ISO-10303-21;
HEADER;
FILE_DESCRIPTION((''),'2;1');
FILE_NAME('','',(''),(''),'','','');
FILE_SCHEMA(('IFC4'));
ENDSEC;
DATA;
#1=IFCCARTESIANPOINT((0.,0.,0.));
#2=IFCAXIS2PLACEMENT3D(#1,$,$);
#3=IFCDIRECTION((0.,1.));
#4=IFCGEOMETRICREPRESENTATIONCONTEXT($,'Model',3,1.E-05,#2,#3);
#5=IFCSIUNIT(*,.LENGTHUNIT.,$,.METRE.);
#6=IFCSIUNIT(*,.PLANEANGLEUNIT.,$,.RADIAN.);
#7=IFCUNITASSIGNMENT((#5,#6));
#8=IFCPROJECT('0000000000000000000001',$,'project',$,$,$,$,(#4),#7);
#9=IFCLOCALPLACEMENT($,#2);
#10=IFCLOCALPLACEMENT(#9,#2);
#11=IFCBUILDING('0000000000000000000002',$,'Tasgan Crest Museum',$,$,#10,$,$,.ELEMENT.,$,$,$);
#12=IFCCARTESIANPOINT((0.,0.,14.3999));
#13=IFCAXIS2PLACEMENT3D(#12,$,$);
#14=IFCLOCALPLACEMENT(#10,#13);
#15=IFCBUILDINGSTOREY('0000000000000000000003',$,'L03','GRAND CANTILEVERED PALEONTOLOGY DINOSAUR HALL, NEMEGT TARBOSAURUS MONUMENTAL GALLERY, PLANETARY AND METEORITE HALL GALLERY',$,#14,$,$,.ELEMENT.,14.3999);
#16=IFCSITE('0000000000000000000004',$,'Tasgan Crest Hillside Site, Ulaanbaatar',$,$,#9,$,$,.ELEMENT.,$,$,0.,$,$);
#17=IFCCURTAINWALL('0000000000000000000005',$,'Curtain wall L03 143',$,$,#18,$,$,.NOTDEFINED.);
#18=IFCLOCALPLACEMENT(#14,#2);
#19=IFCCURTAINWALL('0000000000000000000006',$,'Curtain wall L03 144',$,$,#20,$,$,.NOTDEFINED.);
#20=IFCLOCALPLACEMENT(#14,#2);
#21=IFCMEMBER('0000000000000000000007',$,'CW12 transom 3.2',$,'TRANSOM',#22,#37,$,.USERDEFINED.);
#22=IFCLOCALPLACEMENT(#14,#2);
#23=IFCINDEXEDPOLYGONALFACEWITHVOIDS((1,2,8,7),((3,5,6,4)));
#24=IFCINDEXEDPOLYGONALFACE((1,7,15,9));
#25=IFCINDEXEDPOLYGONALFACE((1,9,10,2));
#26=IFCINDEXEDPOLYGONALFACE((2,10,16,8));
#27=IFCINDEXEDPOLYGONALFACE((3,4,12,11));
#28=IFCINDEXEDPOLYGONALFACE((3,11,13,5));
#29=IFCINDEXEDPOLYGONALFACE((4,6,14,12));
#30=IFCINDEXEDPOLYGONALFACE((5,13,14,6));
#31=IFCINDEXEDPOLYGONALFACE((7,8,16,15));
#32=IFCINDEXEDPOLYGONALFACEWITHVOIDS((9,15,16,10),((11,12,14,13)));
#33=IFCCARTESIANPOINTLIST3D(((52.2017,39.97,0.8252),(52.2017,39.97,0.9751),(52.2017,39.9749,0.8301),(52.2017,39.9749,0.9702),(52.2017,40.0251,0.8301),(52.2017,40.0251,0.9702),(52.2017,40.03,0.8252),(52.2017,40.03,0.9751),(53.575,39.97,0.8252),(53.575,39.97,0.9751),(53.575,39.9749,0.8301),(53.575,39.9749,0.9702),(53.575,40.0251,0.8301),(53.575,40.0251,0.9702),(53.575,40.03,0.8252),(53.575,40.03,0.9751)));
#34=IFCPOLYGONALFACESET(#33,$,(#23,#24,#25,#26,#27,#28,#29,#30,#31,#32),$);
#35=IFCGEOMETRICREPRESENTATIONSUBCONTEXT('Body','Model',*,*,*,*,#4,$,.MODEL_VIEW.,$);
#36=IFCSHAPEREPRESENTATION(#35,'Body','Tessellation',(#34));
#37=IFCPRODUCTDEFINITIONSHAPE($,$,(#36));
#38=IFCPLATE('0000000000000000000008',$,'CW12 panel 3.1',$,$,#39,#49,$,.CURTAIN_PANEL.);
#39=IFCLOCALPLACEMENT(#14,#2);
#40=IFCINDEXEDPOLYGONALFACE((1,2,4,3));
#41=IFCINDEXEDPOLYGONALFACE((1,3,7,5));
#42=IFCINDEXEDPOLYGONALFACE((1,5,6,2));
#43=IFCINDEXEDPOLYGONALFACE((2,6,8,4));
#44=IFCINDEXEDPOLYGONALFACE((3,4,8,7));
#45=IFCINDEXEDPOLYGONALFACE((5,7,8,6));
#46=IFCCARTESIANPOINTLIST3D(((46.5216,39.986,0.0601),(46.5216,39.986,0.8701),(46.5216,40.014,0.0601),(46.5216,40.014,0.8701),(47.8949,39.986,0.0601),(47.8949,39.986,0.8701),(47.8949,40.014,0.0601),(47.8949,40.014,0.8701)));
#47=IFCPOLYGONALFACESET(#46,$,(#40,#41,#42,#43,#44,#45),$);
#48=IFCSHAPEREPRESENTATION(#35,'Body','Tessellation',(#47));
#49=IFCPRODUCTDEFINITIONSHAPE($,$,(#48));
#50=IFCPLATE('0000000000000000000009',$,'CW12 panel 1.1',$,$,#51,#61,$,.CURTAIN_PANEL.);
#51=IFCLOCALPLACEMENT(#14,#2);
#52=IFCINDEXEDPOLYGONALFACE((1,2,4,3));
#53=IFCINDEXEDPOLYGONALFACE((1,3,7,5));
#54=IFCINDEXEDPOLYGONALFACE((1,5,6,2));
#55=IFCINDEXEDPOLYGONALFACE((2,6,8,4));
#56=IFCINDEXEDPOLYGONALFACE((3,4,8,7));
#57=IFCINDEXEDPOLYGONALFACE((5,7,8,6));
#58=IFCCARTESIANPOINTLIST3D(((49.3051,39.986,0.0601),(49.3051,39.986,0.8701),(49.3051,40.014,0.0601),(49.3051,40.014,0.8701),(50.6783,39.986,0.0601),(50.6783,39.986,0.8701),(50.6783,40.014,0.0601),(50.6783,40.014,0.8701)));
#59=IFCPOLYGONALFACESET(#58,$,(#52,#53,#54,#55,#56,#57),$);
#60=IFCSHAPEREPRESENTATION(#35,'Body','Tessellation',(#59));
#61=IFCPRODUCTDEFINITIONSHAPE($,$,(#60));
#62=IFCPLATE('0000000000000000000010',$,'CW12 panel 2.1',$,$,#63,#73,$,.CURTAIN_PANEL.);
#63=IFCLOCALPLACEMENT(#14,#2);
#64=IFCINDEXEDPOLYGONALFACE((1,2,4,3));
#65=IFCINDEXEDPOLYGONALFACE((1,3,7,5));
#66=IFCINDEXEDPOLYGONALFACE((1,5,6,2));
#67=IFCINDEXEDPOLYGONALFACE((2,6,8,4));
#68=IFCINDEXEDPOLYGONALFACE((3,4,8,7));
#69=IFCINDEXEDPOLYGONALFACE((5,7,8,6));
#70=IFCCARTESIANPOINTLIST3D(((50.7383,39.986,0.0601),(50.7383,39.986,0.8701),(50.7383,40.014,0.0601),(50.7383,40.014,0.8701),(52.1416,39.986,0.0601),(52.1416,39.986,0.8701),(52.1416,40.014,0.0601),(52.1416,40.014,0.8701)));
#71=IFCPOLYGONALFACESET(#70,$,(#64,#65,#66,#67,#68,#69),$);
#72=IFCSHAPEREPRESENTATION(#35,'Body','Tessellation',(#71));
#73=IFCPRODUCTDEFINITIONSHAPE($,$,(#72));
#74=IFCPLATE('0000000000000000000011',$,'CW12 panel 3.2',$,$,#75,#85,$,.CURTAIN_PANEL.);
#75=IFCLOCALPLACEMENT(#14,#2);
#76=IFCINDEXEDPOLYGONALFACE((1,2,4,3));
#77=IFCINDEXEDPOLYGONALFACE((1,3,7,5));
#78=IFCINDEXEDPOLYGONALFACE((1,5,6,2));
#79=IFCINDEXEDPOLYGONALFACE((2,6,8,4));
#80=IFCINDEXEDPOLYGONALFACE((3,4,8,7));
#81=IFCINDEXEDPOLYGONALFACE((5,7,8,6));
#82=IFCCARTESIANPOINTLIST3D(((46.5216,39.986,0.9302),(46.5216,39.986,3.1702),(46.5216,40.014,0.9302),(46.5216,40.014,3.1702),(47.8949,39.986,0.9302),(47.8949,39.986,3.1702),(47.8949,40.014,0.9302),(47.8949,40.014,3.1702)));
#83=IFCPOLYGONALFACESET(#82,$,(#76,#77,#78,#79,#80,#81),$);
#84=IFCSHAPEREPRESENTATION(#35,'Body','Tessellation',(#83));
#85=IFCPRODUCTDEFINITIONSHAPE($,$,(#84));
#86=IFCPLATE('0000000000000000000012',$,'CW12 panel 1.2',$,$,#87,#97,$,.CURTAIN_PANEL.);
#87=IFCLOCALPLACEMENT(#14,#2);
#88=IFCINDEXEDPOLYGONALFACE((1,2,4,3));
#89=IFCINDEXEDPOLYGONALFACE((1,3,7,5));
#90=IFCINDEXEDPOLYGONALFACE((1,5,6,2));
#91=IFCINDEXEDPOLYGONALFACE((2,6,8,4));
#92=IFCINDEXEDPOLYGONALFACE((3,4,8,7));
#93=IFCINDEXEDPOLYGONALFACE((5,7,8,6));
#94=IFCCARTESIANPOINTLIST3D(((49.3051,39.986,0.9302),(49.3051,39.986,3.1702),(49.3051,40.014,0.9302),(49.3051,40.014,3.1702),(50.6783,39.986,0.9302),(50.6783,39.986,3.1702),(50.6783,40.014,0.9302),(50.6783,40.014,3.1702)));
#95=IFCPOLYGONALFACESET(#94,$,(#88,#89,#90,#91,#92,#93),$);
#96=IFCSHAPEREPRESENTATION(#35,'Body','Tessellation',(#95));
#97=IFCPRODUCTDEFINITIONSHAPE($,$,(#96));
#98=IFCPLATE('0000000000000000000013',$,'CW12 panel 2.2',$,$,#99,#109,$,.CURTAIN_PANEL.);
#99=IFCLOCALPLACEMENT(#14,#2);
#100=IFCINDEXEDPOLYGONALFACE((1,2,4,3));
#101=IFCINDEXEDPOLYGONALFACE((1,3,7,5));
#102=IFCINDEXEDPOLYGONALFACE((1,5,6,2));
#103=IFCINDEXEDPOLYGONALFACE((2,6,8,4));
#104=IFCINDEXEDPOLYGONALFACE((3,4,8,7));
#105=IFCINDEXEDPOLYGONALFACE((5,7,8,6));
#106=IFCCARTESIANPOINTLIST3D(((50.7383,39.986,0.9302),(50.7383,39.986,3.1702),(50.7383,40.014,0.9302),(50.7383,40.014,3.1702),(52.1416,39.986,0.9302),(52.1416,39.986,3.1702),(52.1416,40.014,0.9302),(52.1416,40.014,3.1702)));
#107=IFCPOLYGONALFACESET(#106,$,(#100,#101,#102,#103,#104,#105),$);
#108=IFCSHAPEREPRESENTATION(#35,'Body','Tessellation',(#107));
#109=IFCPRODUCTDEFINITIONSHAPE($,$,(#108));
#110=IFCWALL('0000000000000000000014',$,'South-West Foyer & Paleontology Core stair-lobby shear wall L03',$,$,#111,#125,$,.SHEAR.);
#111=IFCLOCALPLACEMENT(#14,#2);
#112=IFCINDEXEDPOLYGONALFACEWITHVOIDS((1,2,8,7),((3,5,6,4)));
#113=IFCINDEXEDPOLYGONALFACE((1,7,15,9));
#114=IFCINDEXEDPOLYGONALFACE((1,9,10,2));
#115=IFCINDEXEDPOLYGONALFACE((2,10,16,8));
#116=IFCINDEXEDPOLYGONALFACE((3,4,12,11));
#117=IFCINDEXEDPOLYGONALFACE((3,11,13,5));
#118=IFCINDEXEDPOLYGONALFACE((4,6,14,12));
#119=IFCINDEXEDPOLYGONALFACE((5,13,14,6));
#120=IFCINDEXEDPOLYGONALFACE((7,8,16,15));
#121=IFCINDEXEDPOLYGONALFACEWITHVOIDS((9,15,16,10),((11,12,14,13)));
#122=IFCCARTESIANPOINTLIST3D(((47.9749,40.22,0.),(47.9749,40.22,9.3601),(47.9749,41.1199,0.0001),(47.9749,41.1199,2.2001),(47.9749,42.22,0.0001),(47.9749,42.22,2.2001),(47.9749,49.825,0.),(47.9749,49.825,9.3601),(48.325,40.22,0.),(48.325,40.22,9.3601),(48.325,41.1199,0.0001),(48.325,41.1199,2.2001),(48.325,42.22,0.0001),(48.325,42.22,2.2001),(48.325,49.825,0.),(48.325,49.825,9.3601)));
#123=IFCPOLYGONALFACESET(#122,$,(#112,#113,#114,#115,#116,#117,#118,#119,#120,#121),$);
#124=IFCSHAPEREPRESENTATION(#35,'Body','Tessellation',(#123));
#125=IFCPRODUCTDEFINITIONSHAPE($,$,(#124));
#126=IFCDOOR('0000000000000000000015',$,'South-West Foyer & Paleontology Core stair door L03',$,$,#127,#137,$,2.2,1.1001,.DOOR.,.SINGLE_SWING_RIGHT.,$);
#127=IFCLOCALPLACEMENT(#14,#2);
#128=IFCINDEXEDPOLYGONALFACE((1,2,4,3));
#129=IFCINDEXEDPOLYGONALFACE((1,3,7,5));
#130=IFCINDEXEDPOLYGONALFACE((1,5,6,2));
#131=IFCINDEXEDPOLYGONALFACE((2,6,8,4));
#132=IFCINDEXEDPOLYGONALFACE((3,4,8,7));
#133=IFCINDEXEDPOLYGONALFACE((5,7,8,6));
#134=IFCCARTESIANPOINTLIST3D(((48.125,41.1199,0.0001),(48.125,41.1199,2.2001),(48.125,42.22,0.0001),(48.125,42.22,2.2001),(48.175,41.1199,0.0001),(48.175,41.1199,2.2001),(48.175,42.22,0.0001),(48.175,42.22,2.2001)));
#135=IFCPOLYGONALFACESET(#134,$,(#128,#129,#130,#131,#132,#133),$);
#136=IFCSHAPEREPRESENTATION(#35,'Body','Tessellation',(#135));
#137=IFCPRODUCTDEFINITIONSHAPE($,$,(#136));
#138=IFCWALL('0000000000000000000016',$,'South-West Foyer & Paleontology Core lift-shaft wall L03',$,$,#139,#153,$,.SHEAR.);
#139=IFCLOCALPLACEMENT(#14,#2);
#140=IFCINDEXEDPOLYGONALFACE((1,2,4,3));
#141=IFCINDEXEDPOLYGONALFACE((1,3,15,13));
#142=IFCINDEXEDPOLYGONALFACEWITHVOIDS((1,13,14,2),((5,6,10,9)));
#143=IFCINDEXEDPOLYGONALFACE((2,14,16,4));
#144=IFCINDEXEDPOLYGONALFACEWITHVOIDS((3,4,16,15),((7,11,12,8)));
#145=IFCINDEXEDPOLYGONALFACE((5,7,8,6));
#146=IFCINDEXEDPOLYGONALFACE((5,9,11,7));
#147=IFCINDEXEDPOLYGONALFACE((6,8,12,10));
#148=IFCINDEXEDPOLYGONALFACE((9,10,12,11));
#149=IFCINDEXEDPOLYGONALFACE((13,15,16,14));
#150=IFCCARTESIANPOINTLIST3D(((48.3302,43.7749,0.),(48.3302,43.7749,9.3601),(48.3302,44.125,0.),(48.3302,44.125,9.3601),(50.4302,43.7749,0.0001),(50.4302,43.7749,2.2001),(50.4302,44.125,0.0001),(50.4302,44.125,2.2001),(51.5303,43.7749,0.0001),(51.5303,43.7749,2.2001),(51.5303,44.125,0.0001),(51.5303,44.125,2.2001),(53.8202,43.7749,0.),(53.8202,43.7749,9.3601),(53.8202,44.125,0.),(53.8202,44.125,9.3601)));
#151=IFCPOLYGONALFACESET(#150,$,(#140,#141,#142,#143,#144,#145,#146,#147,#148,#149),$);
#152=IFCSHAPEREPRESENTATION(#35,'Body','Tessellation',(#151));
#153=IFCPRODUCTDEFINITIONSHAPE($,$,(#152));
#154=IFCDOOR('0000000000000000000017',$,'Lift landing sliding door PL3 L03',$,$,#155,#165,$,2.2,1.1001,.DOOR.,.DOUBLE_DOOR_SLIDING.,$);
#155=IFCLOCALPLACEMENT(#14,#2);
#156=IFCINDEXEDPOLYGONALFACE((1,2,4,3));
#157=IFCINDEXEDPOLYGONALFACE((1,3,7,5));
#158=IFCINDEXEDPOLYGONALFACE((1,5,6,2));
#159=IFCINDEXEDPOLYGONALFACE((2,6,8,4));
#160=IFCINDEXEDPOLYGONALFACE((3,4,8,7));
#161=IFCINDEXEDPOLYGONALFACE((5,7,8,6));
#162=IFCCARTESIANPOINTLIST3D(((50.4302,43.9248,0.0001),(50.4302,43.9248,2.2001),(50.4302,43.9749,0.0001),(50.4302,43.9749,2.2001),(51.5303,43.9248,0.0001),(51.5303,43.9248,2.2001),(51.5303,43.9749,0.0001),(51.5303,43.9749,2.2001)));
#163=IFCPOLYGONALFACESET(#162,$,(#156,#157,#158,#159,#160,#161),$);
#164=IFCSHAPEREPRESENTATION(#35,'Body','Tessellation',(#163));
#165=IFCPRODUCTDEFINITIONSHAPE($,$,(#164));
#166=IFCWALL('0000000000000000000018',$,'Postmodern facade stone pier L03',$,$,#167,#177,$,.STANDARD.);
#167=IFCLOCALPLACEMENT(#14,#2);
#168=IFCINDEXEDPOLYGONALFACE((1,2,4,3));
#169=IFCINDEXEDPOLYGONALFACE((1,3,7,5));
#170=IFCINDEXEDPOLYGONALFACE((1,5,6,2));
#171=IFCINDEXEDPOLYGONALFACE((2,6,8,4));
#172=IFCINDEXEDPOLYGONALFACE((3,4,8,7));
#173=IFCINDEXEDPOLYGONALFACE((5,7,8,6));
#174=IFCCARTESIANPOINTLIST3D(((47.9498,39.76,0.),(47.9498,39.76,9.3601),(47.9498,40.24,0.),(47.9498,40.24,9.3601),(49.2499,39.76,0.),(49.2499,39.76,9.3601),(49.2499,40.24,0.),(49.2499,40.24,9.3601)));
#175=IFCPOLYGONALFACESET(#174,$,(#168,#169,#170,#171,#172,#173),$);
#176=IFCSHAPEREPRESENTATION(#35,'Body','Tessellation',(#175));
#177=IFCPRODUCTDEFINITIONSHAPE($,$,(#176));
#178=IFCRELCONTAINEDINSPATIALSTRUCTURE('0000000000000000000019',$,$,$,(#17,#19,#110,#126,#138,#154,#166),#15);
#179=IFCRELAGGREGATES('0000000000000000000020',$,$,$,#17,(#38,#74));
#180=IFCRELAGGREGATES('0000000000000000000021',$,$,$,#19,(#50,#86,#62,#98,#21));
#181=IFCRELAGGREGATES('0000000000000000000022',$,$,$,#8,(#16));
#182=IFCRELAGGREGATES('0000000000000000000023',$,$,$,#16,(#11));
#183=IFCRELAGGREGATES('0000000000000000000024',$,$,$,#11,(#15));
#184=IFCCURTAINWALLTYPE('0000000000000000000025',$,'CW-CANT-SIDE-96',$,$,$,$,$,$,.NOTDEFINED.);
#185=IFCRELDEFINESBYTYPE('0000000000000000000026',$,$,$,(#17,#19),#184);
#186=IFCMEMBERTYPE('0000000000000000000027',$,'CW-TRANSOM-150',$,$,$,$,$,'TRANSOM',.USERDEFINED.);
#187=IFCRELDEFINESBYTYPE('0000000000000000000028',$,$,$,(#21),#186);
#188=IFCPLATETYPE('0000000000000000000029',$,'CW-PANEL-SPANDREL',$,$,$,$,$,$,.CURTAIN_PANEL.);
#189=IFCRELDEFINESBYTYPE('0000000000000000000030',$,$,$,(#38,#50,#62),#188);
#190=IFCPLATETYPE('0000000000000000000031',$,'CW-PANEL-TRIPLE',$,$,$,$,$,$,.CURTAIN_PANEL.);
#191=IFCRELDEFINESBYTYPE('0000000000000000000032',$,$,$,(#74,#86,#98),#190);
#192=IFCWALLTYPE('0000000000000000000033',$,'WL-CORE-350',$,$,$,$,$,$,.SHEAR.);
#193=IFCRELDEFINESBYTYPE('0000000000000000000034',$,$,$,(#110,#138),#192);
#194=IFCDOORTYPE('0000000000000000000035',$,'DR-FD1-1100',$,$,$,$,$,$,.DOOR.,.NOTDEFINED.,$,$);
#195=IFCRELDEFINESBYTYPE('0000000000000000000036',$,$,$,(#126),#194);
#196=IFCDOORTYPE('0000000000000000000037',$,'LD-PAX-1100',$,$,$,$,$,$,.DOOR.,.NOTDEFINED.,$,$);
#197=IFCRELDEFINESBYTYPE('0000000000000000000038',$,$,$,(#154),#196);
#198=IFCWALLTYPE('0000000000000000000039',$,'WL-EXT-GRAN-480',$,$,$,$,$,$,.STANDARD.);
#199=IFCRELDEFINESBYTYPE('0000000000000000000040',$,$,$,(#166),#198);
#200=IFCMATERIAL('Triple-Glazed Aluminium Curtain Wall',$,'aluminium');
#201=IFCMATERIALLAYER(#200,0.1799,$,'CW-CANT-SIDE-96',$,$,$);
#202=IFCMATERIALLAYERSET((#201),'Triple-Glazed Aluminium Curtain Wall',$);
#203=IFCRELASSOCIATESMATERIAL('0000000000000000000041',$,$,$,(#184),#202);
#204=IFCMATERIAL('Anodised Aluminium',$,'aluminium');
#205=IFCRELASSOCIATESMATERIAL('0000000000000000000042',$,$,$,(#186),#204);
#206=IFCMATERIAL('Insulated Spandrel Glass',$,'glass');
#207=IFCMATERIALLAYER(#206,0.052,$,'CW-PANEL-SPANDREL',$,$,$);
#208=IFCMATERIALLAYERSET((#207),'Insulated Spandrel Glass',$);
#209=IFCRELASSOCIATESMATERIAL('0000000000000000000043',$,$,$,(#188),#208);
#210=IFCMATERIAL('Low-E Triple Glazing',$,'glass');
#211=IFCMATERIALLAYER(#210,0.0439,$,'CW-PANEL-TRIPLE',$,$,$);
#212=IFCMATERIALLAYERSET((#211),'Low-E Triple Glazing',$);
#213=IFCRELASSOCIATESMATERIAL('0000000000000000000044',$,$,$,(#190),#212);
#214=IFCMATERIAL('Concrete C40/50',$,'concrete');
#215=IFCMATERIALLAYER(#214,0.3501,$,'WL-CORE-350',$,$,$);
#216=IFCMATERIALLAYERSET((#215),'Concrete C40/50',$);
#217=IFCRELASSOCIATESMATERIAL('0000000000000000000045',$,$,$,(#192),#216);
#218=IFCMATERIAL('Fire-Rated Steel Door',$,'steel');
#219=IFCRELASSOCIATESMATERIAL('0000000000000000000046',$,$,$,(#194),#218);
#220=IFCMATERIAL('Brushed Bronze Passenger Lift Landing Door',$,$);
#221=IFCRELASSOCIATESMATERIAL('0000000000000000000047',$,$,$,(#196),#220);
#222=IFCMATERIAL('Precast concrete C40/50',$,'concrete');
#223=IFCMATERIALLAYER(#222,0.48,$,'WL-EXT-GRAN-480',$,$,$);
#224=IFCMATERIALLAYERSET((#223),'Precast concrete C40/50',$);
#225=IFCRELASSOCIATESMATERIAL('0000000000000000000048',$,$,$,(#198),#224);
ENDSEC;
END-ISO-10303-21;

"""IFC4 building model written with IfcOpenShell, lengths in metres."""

from ifc_helpers import new_model, si_unit, direction, frame, frame_2d, origin, origin_2d, place, context, subcontext, project, spatial, rectangle, hollow_rectangle, extrude, material, layer, layer_set, material_profile, profile_set, type_object, element, fill, aggregate, save


model = new_model("IFC4")

# Units and contexts
model_context = context("Model", 3, precision=1e-05, world=origin(), true_north=direction((0.0, 1.0)))
body_context = subcontext(model_context, "Body", "Model", "MODEL_VIEW")
ifc_project = project(units=[si_unit("LENGTHUNIT", "METRE"), si_unit("PLANEANGLEUNIT", "RADIAN")], contexts=[model_context])

# Site, building, storey
site_placement = place(None, origin())
site = spatial("IfcSite", under=ifc_project, at=site_placement, Name="Tasgan Crest Hillside Site, Ulaanbaatar", CompositionType="ELEMENT", RefElevation=0.0)
building_placement = place(site_placement, origin())
building = spatial("IfcBuilding", under=site, at=building_placement, Name="Tasgan Crest Museum", CompositionType="ELEMENT")
storey_placement = place(building_placement, frame((0.0, 0.0, 14.3999)))
storey = spatial("IfcBuildingStorey", under=building, at=storey_placement, Name="L03", Description="GRAND CANTILEVERED PALEONTOLOGY DINOSAUR HALL, NEMEGT TARBOSAURUS MONUMENTAL GALLERY, PLANETARY AND METEORITE HALL GALLERY", CompositionType="ELEMENT", Elevation=14.3999)

# Curtain wall
ifc_material_1 = material(Name="Triple-Glazed Aluminium Curtain Wall", Category="aluminium")
ifc_layer_1 = layer(ifc_material_1, 0.1799, Name="CW-CANT-SIDE-96")
ifc_layer_set_1 = layer_set([ifc_layer_1], Name="Triple-Glazed Aluminium Curtain Wall")
curtain_wall_type = type_object("IfcCurtainWallType", Name="CW-CANT-SIDE-96", PredefinedType="NOTDEFINED", material=ifc_layer_set_1)
curtain_wall_1_placement = place(storey_placement, origin())
curtain_wall_1 = element("IfcCurtainWall", 1, at=curtain_wall_1_placement, inside=storey, type_object=curtain_wall_type, Name="Curtain wall L03 143", PredefinedType="NOTDEFINED")

# Curtain wall
curtain_wall_2_placement = place(storey_placement, origin())
curtain_wall_2 = element("IfcCurtainWall", 2, at=curtain_wall_2_placement, inside=storey, type_object=curtain_wall_type, Name="Curtain wall L03 144", PredefinedType="NOTDEFINED")

# Member
ifc_material_2 = material(Name="Anodised Aluminium", Category="aluminium")
ifc_material_profile_1 = material_profile(ifc_material_2, hollow_rectangle(XDim=0.0601, YDim=0.1499, WallThickness=0.0049, at=origin_2d()), Name="ALU TRANSOM 150x60x5")
ifc_profile_set_1 = profile_set([ifc_material_profile_1], Name="Anodised Aluminium")
member_type_1 = type_object("IfcMemberType", Name="CW-TRANSOM-150", ElementType="TRANSOM", PredefinedType="USERDEFINED", material=ifc_profile_set_1)
member_1_placement = place(storey_placement, frame((52.2017, 40.0, 0.9001), z_axis=(1.0, 0.0, 0.0), x_axis=(0.0, 1.0, 0.0)))
member_1 = element("IfcMember", 3, at=member_1_placement, type_object=member_type_1, Name="CW12 transom 3.2", ObjectType="TRANSOM", PredefinedType="USERDEFINED", context=body_context, shape_type="SweptSolid", body=[
    extrude(hollow_rectangle(XDim=0.0601, YDim=0.1499, WallThickness=0.0049, at=origin_2d()), origin(), (0.0, 0.0, 1.0), 1.3733),
])

# Plates
ifc_material_3 = material(Name="Insulated Spandrel Glass", Category="glass")
ifc_layer_2 = layer(ifc_material_3, 0.052, Name="CW-PANEL-SPANDREL")
ifc_layer_set_2 = layer_set([ifc_layer_2], Name="Insulated Spandrel Glass")
plate_type_1 = type_object("IfcPlateType", Name="CW-PANEL-SPANDREL", PredefinedType="CURTAIN_PANEL", material=ifc_layer_set_2)
plate_1_placement = place(storey_placement, frame((47.2083, 40.0, 0.0601), z_axis=(0.0, 0.0, 1.0), x_axis=(1.0, 0.0, 0.0)))
plate_1 = element("IfcPlate", 4, at=plate_1_placement, type_object=plate_type_1, Name="CW12 panel 3.1", PredefinedType="CURTAIN_PANEL", context=body_context, shape_type="SweptSolid", body=[
    extrude(rectangle(XDim=1.3733, YDim=0.0281, at=origin_2d()), origin(), (0.0, 0.0, 1.0), 0.8101),
])
plate_2_placement = place(storey_placement, frame((49.9917, 40.0, 0.0601), z_axis=(0.0, 0.0, 1.0), x_axis=(1.0, 0.0, 0.0)))
plate_2 = element("IfcPlate", 5, at=plate_2_placement, type_object=plate_type_1, Name="CW12 panel 1.1", PredefinedType="CURTAIN_PANEL", context=body_context, shape_type="SweptSolid", body=[
    extrude(rectangle(XDim=1.3733, YDim=0.0281, at=origin_2d()), origin(), (0.0, 0.0, 1.0), 0.8101),
])
plate_3_placement = place(storey_placement, frame((51.4399, 40.0, 0.0601), z_axis=(0.0, 0.0, 1.0), x_axis=(1.0, 0.0, 0.0)))
plate_3 = element("IfcPlate", 6, at=plate_3_placement, type_object=plate_type_1, Name="CW12 panel 2.1", PredefinedType="CURTAIN_PANEL", context=body_context, shape_type="SweptSolid", body=[
    extrude(rectangle(XDim=1.4033, YDim=0.0281, at=origin_2d()), origin(), (0.0, 0.0, 1.0), 0.8101),
])
ifc_material_4 = material(Name="Low-E Triple Glazing", Category="glass")
ifc_layer_3 = layer(ifc_material_4, 0.0439, Name="CW-PANEL-TRIPLE")
ifc_layer_set_3 = layer_set([ifc_layer_3], Name="Low-E Triple Glazing")
plate_type_2 = type_object("IfcPlateType", Name="CW-PANEL-TRIPLE", PredefinedType="CURTAIN_PANEL", material=ifc_layer_set_3)
plate_4_placement = place(storey_placement, frame((47.2083, 40.0, 0.9302), z_axis=(0.0, 0.0, 1.0), x_axis=(1.0, 0.0, 0.0)))
plate_4 = element("IfcPlate", 7, at=plate_4_placement, type_object=plate_type_2, Name="CW12 panel 3.2", PredefinedType="CURTAIN_PANEL", context=body_context, shape_type="SweptSolid", body=[
    extrude(rectangle(XDim=1.3733, YDim=0.0281, at=origin_2d()), origin(), (0.0, 0.0, 1.0), 2.24),
])
aggregate(curtain_wall_1, [plate_1, plate_4])
plate_5_placement = place(storey_placement, frame((49.9917, 40.0, 0.9302), z_axis=(0.0, 0.0, 1.0), x_axis=(1.0, 0.0, 0.0)))
plate_5 = element("IfcPlate", 8, at=plate_5_placement, type_object=plate_type_2, Name="CW12 panel 1.2", PredefinedType="CURTAIN_PANEL", context=body_context, shape_type="SweptSolid", body=[
    extrude(rectangle(XDim=1.3733, YDim=0.0281, at=origin_2d()), origin(), (0.0, 0.0, 1.0), 2.24),
])
plate_6_placement = place(storey_placement, frame((51.4399, 40.0, 0.9302), z_axis=(0.0, 0.0, 1.0), x_axis=(1.0, 0.0, 0.0)))
plate_6 = element("IfcPlate", 9, at=plate_6_placement, type_object=plate_type_2, Name="CW12 panel 2.2", PredefinedType="CURTAIN_PANEL", context=body_context, shape_type="SweptSolid", body=[
    extrude(rectangle(XDim=1.4033, YDim=0.0281, at=origin_2d()), origin(), (0.0, 0.0, 1.0), 2.24),
])
aggregate(curtain_wall_2, [plate_2, plate_5, plate_3, plate_6, member_1])

# Walls, openings, doors
ifc_material_5 = material(Name="Concrete C40/50", Category="concrete")
ifc_layer_4 = layer(ifc_material_5, 0.3501, Name="WL-CORE-350")
ifc_layer_set_4 = layer_set([ifc_layer_4], Name="Concrete C40/50")
wall_type_1 = type_object("IfcWallType", Name="WL-CORE-350", PredefinedType="SHEAR", material=ifc_layer_set_4)
wall_1_placement = place(storey_placement, frame((48.1499, 40.22, 0.0), z_axis=(0.0, 0.0, 1.0), x_axis=(0.0, 1.0, 0.0)))
wall_1 = element("IfcWall", 10, at=wall_1_placement, inside=storey, type_object=wall_type_1, Name="South-West Foyer & Paleontology Core stair-lobby shear wall L03", PredefinedType="SHEAR", context=body_context, shape_type="SweptSolid", body=[
    extrude(rectangle(XDim=9.605, YDim=0.3501, at=frame_2d((4.8025, 0.0))), origin(), (0.0, 0.0, 1.0), 9.3601),
])
opening_1_placement = place(wall_1_placement, frame((0.8999, 0.0, 0.0)))
opening_1 = element("IfcOpeningElement", 11, at=opening_1_placement, cuts=wall_1, PredefinedType="OPENING", context=body_context, shape_type="SweptSolid", body=[
    extrude(rectangle(XDim=1.1001, YDim=2.2, at=frame_2d((0.55, 1.1001))), frame((0.0, 0.1851, 0.0), z_axis=(0.0, -1.0, 0.0), x_axis=(1.0, 0.0, 0.0)), (0.0, 0.0, 1.0), 0.3701),
])
ifc_material_6 = material(Name="Fire-Rated Steel Door", Category="steel")
door_type_1 = type_object("IfcDoorType", Name="DR-FD1-1100", OperationType="NOTDEFINED", PredefinedType="DOOR", material=ifc_material_6)
door_1_placement = place(opening_1_placement, origin())
door_1 = element("IfcDoor", 12, at=door_1_placement, inside=storey, type_object=door_type_1, Name="South-West Foyer & Paleontology Core stair door L03", OperationType="SINGLE_SWING_RIGHT", OverallHeight=2.2, OverallWidth=1.1001, PredefinedType="DOOR", context=body_context, shape_type="SweptSolid", body=[
    extrude(rectangle(XDim=1.1001, YDim=2.2, at=frame_2d((0.55, 1.1001))), frame((0.0, 0.0249, 0.0), z_axis=(0.0, -1.0, 0.0), x_axis=(1.0, 0.0, 0.0)), (0.0, 0.0, 1.0), 0.05),
])
fill(opening_1, door_1)
wall_2_placement = place(storey_placement, frame((48.3301, 43.95, 0.0), z_axis=(0.0, 0.0, 1.0), x_axis=(1.0, 0.0, 0.0)))
wall_2 = element("IfcWall", 13, at=wall_2_placement, inside=storey, type_object=wall_type_1, Name="South-West Foyer & Paleontology Core lift-shaft wall L03", PredefinedType="SHEAR", context=body_context, shape_type="SweptSolid", body=[
    extrude(rectangle(XDim=5.49, YDim=0.3501, at=frame_2d((2.7451, 0.0))), origin(), (0.0, 0.0, 1.0), 9.3601),
])
opening_2_placement = place(wall_2_placement, frame((2.1001, 0.0, 0.0)))
opening_2 = element("IfcOpeningElement", 14, at=opening_2_placement, cuts=wall_2, PredefinedType="OPENING", context=body_context, shape_type="SweptSolid", body=[
    extrude(rectangle(XDim=1.1001, YDim=2.2, at=frame_2d((0.55, 1.1001))), frame((0.0, 0.1851, 0.0), z_axis=(0.0, -1.0, 0.0), x_axis=(1.0, 0.0, 0.0)), (0.0, 0.0, 1.0), 0.3701),
])
ifc_material_7 = material(Name="Brushed Bronze Passenger Lift Landing Door")
door_type_2 = type_object("IfcDoorType", Name="LD-PAX-1100", OperationType="NOTDEFINED", PredefinedType="DOOR", material=ifc_material_7)
door_2_placement = place(opening_2_placement, origin())
door_2 = element("IfcDoor", 15, at=door_2_placement, inside=storey, type_object=door_type_2, Name="Lift landing sliding door PL3 L03", OperationType="DOUBLE_DOOR_SLIDING", OverallHeight=2.2, OverallWidth=1.1001, PredefinedType="DOOR", context=body_context, shape_type="SweptSolid", body=[
    extrude(rectangle(XDim=1.1001, YDim=2.2, at=frame_2d((0.55, 1.1001))), frame((0.0, 0.0249, 0.0), z_axis=(0.0, -1.0, 0.0), x_axis=(1.0, 0.0, 0.0)), (0.0, 0.0, 1.0), 0.05),
])
fill(opening_2, door_2)

# Wall
ifc_material_8 = material(Name="Precast concrete C40/50", Category="concrete")
ifc_layer_5 = layer(ifc_material_8, 0.48, Name="WL-EXT-GRAN-480")
ifc_layer_set_5 = layer_set([ifc_layer_5], Name="Precast concrete C40/50")
wall_type_2 = type_object("IfcWallType", Name="WL-EXT-GRAN-480", PredefinedType="STANDARD", material=ifc_layer_set_5)
wall_3_placement = place(storey_placement, frame((47.95, 40.0, 0.0), z_axis=(0.0, 0.0, 1.0), x_axis=(1.0, 0.0, 0.0)))
element("IfcWall", 16, at=wall_3_placement, inside=storey, type_object=wall_type_2, Name="Postmodern facade stone pier L03", PredefinedType="STANDARD", context=body_context, shape_type="SweptSolid", body=[
    extrude(rectangle(XDim=1.3, YDim=0.48, at=frame_2d((0.6499, 0.0))), origin(), (0.0, 0.0, 1.0), 9.3601),
])

save(model, "model.ifc")
